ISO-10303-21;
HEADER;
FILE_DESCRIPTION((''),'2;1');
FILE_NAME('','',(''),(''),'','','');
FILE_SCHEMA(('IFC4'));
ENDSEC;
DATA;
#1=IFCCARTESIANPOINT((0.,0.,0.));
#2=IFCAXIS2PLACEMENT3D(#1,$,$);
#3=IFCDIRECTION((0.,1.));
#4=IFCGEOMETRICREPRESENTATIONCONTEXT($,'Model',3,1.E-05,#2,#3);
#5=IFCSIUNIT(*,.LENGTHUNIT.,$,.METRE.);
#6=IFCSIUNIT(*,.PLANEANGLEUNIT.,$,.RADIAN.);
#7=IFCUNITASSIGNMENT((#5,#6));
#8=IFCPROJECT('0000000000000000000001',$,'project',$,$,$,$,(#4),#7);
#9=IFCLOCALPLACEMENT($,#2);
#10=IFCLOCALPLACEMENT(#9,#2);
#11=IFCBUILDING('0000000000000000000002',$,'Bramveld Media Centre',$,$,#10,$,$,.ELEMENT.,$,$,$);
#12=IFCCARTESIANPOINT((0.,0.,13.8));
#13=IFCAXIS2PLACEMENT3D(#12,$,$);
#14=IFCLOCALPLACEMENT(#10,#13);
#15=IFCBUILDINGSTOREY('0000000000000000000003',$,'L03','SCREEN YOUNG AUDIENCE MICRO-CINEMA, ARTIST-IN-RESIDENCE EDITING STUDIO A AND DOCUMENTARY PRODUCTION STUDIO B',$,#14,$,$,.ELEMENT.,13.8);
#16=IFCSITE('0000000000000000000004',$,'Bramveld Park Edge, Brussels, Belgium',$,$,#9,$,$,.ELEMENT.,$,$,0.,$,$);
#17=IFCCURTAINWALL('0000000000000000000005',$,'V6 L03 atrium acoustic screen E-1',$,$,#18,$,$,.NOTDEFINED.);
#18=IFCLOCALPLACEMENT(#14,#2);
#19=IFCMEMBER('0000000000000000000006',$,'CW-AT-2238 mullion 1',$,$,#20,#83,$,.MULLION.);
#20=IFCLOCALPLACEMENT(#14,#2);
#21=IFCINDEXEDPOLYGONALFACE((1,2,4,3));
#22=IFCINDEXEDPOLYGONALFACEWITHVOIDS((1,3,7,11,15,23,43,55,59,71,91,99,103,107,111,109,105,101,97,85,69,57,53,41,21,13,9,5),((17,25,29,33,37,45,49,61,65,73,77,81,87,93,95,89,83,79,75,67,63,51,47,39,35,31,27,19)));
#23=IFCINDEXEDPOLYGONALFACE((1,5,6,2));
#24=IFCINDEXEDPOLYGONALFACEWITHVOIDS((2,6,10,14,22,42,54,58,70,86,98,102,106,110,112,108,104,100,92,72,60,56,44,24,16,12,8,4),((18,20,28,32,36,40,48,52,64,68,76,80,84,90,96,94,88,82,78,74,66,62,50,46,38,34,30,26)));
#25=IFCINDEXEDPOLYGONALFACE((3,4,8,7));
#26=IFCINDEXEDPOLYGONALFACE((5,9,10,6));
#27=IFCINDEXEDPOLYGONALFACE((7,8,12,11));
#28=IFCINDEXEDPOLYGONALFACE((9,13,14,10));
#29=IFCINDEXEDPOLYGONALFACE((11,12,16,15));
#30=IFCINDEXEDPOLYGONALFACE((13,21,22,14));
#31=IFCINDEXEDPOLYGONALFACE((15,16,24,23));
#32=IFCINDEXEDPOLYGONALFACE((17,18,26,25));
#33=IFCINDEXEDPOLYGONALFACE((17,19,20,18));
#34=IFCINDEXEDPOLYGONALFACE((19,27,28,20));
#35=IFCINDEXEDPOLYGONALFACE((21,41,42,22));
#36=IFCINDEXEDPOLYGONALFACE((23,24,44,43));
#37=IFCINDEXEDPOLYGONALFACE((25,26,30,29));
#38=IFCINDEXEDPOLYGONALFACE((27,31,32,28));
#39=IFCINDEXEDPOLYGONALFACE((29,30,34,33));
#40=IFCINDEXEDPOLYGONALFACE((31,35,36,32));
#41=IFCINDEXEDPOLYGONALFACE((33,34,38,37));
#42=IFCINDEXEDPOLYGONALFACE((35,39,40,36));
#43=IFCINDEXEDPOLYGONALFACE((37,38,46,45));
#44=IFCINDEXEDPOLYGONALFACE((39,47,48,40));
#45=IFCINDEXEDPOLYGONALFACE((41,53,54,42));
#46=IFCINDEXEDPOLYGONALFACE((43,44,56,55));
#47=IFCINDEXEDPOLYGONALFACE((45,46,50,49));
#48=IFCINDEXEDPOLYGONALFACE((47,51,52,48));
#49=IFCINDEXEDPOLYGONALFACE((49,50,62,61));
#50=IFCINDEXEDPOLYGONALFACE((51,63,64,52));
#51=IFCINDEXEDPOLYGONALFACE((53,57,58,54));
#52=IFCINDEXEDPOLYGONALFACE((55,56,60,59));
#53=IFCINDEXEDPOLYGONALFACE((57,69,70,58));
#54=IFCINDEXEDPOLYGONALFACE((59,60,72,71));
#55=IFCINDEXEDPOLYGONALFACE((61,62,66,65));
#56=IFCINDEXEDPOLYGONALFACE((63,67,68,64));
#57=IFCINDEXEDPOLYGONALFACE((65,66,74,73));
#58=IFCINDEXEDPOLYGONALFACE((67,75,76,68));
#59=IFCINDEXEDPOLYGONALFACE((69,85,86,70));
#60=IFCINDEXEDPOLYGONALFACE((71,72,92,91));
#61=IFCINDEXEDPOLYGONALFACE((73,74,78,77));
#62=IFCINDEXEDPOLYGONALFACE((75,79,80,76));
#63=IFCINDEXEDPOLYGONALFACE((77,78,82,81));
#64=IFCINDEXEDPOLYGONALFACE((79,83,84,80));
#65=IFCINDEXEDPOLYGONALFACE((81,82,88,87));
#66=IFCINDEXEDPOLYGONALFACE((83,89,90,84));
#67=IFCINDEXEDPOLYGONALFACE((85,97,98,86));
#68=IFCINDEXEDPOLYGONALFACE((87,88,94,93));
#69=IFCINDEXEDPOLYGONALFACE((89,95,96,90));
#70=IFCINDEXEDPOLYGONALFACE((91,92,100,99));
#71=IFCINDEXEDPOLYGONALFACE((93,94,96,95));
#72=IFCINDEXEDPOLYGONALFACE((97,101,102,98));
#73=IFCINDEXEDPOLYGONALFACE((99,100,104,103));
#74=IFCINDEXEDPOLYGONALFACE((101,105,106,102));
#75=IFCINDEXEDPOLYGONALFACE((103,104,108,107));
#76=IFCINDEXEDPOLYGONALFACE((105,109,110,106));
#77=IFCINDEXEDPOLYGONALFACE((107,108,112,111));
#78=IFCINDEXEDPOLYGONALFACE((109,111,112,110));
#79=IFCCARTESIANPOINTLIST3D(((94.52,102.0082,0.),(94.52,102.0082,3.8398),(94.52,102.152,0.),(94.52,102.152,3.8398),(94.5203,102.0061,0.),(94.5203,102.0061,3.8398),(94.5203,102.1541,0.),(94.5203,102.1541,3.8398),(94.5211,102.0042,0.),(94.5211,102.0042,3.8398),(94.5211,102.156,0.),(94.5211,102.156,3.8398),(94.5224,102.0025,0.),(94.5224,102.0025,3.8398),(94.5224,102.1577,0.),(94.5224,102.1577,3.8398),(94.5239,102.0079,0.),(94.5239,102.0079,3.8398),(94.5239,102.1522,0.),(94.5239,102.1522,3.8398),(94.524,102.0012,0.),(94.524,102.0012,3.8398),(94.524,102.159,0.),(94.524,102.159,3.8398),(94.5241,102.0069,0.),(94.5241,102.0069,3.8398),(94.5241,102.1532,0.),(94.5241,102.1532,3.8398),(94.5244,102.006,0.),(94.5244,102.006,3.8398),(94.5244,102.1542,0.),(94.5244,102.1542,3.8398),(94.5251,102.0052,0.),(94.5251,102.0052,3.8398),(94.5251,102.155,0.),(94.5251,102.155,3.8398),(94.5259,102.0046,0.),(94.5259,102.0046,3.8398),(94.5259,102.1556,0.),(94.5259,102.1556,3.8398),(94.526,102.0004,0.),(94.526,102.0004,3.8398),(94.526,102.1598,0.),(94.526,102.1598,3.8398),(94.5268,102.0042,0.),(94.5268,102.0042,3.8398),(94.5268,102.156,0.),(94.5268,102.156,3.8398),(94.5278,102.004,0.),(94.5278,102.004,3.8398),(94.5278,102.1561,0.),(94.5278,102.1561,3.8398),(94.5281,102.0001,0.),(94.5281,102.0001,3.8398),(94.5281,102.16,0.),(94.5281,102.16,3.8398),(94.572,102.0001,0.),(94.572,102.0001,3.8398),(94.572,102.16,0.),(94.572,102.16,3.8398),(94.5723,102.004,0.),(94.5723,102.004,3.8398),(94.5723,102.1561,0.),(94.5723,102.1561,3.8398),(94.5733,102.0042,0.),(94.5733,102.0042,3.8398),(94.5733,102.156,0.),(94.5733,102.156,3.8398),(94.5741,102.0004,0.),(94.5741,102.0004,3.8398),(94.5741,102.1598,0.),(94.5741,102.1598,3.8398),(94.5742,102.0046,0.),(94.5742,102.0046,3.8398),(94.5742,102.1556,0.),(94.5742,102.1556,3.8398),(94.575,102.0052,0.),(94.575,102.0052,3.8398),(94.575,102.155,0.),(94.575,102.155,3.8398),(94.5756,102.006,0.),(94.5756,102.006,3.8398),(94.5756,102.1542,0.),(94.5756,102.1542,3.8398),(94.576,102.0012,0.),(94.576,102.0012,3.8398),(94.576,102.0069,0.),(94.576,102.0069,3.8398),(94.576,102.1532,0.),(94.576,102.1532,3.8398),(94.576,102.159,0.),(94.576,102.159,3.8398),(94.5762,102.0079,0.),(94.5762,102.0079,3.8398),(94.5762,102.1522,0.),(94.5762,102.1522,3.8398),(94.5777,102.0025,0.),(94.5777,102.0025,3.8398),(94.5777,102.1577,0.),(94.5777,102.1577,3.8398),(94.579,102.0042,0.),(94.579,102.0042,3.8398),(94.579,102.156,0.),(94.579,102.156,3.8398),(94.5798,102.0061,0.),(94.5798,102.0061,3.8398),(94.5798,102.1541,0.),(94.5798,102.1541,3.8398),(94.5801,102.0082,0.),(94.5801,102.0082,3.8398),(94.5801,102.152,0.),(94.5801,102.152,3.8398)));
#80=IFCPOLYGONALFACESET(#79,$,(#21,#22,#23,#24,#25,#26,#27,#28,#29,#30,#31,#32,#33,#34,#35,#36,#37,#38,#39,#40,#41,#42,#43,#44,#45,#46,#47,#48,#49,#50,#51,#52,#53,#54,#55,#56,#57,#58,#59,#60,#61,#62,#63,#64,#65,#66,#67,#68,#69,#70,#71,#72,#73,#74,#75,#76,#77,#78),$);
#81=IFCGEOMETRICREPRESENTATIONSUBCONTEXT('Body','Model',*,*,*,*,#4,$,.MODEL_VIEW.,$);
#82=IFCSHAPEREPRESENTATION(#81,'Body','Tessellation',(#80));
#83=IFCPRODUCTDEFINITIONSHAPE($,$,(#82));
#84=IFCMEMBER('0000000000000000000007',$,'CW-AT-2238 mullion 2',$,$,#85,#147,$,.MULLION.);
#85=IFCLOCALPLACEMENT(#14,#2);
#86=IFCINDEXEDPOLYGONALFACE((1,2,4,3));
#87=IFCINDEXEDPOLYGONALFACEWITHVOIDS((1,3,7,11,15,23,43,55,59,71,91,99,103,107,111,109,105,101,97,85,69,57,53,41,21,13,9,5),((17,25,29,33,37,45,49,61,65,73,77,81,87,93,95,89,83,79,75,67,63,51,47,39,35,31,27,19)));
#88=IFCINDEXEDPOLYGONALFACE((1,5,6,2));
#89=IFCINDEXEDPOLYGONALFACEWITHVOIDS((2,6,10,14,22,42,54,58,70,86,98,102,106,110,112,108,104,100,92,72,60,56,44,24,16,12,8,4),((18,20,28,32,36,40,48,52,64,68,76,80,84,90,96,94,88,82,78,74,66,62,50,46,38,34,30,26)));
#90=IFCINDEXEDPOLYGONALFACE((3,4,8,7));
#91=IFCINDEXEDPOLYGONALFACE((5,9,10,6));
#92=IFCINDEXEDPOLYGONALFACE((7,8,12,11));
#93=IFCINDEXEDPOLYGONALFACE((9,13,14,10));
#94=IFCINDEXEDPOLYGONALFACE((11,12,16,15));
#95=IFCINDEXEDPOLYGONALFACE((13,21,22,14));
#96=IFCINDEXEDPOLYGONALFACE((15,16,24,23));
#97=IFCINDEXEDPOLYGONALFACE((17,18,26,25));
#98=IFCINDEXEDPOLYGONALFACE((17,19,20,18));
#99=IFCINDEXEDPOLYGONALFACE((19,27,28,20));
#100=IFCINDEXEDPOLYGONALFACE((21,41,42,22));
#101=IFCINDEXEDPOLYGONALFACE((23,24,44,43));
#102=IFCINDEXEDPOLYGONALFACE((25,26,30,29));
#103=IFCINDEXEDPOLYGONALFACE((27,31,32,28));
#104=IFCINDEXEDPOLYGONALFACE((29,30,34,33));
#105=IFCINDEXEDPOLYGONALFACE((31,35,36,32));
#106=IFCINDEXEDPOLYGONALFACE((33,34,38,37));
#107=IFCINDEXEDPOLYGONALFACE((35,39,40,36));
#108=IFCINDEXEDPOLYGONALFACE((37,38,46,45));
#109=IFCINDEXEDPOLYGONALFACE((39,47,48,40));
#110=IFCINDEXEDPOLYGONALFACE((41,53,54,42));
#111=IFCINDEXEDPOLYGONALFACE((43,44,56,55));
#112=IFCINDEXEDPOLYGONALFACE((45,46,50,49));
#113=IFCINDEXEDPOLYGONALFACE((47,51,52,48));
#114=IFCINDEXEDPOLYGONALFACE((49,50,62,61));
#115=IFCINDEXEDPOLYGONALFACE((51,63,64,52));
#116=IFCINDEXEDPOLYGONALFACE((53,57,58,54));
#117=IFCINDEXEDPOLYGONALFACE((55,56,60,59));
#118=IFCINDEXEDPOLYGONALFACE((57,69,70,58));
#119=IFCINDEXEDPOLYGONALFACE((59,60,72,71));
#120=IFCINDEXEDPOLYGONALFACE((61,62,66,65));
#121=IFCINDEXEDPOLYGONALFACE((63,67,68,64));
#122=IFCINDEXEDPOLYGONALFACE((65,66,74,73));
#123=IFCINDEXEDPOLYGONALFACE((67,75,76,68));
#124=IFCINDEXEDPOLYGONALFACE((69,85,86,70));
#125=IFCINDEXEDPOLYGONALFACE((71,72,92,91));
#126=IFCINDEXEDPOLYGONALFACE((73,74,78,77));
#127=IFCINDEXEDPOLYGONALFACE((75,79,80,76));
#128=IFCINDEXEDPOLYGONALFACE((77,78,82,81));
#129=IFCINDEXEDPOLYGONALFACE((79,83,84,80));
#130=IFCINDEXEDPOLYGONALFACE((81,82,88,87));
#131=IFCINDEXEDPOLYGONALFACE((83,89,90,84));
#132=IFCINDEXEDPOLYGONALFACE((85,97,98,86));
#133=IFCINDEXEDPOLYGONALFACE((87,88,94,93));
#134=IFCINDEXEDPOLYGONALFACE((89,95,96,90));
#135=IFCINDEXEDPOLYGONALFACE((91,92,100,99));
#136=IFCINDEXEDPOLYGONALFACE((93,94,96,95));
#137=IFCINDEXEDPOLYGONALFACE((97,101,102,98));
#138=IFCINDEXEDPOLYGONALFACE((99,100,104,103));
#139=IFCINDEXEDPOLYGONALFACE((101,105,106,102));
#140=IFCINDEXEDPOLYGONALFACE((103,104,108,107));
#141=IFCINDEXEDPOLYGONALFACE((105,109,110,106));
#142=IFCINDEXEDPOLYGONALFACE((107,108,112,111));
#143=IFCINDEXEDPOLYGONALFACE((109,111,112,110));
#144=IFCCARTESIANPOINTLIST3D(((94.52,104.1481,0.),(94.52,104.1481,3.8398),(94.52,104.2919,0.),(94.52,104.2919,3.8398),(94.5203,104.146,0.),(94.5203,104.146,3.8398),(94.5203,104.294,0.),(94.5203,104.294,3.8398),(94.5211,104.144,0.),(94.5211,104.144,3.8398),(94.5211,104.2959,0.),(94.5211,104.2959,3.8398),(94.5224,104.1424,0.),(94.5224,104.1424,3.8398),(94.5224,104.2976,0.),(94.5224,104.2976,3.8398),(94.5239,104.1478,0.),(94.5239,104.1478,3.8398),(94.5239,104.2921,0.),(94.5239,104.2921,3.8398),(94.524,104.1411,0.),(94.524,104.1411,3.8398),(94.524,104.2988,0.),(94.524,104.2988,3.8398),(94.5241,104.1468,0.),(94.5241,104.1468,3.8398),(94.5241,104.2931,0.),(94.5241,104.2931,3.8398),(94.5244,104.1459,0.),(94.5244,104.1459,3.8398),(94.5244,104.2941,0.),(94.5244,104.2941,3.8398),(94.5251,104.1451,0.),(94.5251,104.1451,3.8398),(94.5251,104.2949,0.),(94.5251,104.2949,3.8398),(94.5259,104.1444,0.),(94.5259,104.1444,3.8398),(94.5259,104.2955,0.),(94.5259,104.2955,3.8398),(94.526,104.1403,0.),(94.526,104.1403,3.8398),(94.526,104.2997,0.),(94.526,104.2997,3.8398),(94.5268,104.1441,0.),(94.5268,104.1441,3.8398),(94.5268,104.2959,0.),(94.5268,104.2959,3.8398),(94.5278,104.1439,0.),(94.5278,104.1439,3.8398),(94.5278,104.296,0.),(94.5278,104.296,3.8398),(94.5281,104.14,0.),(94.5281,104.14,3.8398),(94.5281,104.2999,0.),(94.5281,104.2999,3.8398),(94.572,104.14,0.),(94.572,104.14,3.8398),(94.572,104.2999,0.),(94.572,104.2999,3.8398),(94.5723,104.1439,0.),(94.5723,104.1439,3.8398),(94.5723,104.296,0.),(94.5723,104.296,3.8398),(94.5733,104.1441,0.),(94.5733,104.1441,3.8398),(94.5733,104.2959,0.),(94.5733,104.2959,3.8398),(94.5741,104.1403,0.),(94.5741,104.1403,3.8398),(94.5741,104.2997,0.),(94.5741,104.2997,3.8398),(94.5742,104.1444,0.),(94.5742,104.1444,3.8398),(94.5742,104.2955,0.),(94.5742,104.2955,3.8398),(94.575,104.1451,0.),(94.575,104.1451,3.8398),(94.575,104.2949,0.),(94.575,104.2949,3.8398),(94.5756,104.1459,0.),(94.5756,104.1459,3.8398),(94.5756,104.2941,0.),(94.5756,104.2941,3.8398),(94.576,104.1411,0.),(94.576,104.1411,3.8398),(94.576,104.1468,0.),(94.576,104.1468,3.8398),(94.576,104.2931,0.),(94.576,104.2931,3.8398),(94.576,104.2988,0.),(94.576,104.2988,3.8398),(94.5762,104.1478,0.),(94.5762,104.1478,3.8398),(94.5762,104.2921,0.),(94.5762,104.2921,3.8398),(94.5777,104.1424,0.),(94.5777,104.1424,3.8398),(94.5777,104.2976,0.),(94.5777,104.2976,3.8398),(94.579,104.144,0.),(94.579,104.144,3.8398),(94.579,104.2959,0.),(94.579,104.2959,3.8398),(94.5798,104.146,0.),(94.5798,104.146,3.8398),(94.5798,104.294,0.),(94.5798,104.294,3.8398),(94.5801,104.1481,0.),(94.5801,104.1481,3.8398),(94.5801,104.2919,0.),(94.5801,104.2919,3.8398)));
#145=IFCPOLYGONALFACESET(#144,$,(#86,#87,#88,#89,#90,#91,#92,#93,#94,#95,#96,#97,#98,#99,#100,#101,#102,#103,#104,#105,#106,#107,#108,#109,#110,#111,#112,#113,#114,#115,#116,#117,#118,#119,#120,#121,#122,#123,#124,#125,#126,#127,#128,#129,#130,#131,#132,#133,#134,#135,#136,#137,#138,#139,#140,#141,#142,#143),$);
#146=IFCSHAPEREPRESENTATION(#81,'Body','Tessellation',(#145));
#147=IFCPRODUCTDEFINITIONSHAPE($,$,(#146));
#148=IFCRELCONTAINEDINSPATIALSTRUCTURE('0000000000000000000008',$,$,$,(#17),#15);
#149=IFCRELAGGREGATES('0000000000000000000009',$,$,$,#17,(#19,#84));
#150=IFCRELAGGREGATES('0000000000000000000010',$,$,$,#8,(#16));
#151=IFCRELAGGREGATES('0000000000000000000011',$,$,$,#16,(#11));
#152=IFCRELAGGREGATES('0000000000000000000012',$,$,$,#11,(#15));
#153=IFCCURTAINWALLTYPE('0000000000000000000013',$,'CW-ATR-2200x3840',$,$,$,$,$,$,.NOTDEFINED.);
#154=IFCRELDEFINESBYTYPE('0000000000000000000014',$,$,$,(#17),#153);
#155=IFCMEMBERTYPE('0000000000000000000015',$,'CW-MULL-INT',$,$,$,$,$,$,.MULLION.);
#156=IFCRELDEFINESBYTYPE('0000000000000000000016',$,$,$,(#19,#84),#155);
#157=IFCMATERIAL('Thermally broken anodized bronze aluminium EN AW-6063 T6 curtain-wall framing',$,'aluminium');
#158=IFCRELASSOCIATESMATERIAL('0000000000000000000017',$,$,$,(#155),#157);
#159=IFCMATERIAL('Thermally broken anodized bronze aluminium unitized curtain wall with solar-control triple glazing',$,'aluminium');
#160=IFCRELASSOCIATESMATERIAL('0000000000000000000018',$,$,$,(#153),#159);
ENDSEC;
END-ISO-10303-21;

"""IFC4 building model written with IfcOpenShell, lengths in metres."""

from ifc_helpers import new_model, si_unit, direction, frame, origin, origin_2d, place, context, subcontext, project, spatial, hollow_rectangle, extrude, material, material_profile, profile_set, type_object, element, aggregate, save


model = new_model("IFC4")

# Units and contexts
model_context = context("Model", 3, precision=1e-05, world=origin(), true_north=direction((0.0, 1.0)))
body_context = subcontext(model_context, "Body", "Model", "MODEL_VIEW")
ifc_project = project(units=[si_unit("LENGTHUNIT", "METRE"), si_unit("PLANEANGLEUNIT", "RADIAN")], contexts=[model_context])

# Site, building, storey
site_placement = place(None, origin())
site = spatial("IfcSite", under=ifc_project, at=site_placement, Name="Bramveld Park Edge, Brussels, Belgium", CompositionType="ELEMENT", RefElevation=0.0)
building_placement = place(site_placement, origin())
building = spatial("IfcBuilding", under=site, at=building_placement, Name="Bramveld Media Centre", CompositionType="ELEMENT")
storey_placement = place(building_placement, frame((0.0, 0.0, 13.8)))
storey = spatial("IfcBuildingStorey", under=building, at=storey_placement, Name="L03", Description="SCREEN YOUNG AUDIENCE MICRO-CINEMA, ARTIST-IN-RESIDENCE EDITING STUDIO A AND DOCUMENTARY PRODUCTION STUDIO B", CompositionType="ELEMENT", Elevation=13.8)

# Shared definitions
ifc_material_1 = material(Name="Thermally broken anodized bronze aluminium EN AW-6063 T6 curtain-wall framing", Category="aluminium")
ifc_material_profile_1 = material_profile(ifc_material_1, hollow_rectangle(XDim=0.0601, YDim=0.1599, WallThickness=0.0039, InnerFilletRadius=0.0039, OuterFilletRadius=0.0081, at=origin_2d()), Name="AL-MULL 60x160")
ifc_profile_set_1 = profile_set([ifc_material_profile_1], Name="Thermally broken anodized bronze aluminium EN AW-6063 T6 curtain-wall framing")
member_type_1 = type_object("IfcMemberType", Name="CW-MULL-INT", PredefinedType="MULLION", material=ifc_profile_set_1)

# Curtain wall, members
ifc_material_2 = material(Name="Thermally broken anodized bronze aluminium unitized curtain wall with solar-control triple glazing", Category="aluminium")
curtain_wall_type_1 = type_object("IfcCurtainWallType", Name="CW-ATR-2200x3840", PredefinedType="NOTDEFINED", material=ifc_material_2)
curtain_wall_1_placement = place(storey_placement, origin())
curtain_wall_1 = element("IfcCurtainWall", 1, at=curtain_wall_1_placement, inside=storey, type_object=curtain_wall_type_1, Name="V6 L03 atrium acoustic screen E-1", PredefinedType="NOTDEFINED")
member_1_placement = place(storey_placement, frame((94.55, 102.0801, 0.0), z_axis=(0.0, 0.0, 1.0), x_axis=(-1.0, 0.0, 0.0)))
member_1 = element("IfcMember", 2, at=member_1_placement, type_object=member_type_1, Name="CW-AT-2238 mullion 1", PredefinedType="MULLION", context=body_context, shape_type="SweptSolid", body=[
    extrude(hollow_rectangle(XDim=0.0601, YDim=0.1599, WallThickness=0.0039, InnerFilletRadius=0.0039, OuterFilletRadius=0.0081, at=origin_2d()), origin(), (0.0, 0.0, 1.0), 3.8398),
])
member_2_placement = place(storey_placement, frame((94.55, 104.22, 0.0), z_axis=(0.0, 0.0, 1.0), x_axis=(-1.0, 0.0, 0.0)))
member_2 = element("IfcMember", 3, at=member_2_placement, type_object=member_type_1, Name="CW-AT-2238 mullion 2", PredefinedType="MULLION", context=body_context, shape_type="SweptSolid", body=[
    extrude(hollow_rectangle(XDim=0.0601, YDim=0.1599, WallThickness=0.0039, InnerFilletRadius=0.0039, OuterFilletRadius=0.0081, at=origin_2d()), origin(), (0.0, 0.0, 1.0), 3.8398),
])

aggregate(curtain_wall_1, [member_1, member_2])

save(model, "model.ifc")
